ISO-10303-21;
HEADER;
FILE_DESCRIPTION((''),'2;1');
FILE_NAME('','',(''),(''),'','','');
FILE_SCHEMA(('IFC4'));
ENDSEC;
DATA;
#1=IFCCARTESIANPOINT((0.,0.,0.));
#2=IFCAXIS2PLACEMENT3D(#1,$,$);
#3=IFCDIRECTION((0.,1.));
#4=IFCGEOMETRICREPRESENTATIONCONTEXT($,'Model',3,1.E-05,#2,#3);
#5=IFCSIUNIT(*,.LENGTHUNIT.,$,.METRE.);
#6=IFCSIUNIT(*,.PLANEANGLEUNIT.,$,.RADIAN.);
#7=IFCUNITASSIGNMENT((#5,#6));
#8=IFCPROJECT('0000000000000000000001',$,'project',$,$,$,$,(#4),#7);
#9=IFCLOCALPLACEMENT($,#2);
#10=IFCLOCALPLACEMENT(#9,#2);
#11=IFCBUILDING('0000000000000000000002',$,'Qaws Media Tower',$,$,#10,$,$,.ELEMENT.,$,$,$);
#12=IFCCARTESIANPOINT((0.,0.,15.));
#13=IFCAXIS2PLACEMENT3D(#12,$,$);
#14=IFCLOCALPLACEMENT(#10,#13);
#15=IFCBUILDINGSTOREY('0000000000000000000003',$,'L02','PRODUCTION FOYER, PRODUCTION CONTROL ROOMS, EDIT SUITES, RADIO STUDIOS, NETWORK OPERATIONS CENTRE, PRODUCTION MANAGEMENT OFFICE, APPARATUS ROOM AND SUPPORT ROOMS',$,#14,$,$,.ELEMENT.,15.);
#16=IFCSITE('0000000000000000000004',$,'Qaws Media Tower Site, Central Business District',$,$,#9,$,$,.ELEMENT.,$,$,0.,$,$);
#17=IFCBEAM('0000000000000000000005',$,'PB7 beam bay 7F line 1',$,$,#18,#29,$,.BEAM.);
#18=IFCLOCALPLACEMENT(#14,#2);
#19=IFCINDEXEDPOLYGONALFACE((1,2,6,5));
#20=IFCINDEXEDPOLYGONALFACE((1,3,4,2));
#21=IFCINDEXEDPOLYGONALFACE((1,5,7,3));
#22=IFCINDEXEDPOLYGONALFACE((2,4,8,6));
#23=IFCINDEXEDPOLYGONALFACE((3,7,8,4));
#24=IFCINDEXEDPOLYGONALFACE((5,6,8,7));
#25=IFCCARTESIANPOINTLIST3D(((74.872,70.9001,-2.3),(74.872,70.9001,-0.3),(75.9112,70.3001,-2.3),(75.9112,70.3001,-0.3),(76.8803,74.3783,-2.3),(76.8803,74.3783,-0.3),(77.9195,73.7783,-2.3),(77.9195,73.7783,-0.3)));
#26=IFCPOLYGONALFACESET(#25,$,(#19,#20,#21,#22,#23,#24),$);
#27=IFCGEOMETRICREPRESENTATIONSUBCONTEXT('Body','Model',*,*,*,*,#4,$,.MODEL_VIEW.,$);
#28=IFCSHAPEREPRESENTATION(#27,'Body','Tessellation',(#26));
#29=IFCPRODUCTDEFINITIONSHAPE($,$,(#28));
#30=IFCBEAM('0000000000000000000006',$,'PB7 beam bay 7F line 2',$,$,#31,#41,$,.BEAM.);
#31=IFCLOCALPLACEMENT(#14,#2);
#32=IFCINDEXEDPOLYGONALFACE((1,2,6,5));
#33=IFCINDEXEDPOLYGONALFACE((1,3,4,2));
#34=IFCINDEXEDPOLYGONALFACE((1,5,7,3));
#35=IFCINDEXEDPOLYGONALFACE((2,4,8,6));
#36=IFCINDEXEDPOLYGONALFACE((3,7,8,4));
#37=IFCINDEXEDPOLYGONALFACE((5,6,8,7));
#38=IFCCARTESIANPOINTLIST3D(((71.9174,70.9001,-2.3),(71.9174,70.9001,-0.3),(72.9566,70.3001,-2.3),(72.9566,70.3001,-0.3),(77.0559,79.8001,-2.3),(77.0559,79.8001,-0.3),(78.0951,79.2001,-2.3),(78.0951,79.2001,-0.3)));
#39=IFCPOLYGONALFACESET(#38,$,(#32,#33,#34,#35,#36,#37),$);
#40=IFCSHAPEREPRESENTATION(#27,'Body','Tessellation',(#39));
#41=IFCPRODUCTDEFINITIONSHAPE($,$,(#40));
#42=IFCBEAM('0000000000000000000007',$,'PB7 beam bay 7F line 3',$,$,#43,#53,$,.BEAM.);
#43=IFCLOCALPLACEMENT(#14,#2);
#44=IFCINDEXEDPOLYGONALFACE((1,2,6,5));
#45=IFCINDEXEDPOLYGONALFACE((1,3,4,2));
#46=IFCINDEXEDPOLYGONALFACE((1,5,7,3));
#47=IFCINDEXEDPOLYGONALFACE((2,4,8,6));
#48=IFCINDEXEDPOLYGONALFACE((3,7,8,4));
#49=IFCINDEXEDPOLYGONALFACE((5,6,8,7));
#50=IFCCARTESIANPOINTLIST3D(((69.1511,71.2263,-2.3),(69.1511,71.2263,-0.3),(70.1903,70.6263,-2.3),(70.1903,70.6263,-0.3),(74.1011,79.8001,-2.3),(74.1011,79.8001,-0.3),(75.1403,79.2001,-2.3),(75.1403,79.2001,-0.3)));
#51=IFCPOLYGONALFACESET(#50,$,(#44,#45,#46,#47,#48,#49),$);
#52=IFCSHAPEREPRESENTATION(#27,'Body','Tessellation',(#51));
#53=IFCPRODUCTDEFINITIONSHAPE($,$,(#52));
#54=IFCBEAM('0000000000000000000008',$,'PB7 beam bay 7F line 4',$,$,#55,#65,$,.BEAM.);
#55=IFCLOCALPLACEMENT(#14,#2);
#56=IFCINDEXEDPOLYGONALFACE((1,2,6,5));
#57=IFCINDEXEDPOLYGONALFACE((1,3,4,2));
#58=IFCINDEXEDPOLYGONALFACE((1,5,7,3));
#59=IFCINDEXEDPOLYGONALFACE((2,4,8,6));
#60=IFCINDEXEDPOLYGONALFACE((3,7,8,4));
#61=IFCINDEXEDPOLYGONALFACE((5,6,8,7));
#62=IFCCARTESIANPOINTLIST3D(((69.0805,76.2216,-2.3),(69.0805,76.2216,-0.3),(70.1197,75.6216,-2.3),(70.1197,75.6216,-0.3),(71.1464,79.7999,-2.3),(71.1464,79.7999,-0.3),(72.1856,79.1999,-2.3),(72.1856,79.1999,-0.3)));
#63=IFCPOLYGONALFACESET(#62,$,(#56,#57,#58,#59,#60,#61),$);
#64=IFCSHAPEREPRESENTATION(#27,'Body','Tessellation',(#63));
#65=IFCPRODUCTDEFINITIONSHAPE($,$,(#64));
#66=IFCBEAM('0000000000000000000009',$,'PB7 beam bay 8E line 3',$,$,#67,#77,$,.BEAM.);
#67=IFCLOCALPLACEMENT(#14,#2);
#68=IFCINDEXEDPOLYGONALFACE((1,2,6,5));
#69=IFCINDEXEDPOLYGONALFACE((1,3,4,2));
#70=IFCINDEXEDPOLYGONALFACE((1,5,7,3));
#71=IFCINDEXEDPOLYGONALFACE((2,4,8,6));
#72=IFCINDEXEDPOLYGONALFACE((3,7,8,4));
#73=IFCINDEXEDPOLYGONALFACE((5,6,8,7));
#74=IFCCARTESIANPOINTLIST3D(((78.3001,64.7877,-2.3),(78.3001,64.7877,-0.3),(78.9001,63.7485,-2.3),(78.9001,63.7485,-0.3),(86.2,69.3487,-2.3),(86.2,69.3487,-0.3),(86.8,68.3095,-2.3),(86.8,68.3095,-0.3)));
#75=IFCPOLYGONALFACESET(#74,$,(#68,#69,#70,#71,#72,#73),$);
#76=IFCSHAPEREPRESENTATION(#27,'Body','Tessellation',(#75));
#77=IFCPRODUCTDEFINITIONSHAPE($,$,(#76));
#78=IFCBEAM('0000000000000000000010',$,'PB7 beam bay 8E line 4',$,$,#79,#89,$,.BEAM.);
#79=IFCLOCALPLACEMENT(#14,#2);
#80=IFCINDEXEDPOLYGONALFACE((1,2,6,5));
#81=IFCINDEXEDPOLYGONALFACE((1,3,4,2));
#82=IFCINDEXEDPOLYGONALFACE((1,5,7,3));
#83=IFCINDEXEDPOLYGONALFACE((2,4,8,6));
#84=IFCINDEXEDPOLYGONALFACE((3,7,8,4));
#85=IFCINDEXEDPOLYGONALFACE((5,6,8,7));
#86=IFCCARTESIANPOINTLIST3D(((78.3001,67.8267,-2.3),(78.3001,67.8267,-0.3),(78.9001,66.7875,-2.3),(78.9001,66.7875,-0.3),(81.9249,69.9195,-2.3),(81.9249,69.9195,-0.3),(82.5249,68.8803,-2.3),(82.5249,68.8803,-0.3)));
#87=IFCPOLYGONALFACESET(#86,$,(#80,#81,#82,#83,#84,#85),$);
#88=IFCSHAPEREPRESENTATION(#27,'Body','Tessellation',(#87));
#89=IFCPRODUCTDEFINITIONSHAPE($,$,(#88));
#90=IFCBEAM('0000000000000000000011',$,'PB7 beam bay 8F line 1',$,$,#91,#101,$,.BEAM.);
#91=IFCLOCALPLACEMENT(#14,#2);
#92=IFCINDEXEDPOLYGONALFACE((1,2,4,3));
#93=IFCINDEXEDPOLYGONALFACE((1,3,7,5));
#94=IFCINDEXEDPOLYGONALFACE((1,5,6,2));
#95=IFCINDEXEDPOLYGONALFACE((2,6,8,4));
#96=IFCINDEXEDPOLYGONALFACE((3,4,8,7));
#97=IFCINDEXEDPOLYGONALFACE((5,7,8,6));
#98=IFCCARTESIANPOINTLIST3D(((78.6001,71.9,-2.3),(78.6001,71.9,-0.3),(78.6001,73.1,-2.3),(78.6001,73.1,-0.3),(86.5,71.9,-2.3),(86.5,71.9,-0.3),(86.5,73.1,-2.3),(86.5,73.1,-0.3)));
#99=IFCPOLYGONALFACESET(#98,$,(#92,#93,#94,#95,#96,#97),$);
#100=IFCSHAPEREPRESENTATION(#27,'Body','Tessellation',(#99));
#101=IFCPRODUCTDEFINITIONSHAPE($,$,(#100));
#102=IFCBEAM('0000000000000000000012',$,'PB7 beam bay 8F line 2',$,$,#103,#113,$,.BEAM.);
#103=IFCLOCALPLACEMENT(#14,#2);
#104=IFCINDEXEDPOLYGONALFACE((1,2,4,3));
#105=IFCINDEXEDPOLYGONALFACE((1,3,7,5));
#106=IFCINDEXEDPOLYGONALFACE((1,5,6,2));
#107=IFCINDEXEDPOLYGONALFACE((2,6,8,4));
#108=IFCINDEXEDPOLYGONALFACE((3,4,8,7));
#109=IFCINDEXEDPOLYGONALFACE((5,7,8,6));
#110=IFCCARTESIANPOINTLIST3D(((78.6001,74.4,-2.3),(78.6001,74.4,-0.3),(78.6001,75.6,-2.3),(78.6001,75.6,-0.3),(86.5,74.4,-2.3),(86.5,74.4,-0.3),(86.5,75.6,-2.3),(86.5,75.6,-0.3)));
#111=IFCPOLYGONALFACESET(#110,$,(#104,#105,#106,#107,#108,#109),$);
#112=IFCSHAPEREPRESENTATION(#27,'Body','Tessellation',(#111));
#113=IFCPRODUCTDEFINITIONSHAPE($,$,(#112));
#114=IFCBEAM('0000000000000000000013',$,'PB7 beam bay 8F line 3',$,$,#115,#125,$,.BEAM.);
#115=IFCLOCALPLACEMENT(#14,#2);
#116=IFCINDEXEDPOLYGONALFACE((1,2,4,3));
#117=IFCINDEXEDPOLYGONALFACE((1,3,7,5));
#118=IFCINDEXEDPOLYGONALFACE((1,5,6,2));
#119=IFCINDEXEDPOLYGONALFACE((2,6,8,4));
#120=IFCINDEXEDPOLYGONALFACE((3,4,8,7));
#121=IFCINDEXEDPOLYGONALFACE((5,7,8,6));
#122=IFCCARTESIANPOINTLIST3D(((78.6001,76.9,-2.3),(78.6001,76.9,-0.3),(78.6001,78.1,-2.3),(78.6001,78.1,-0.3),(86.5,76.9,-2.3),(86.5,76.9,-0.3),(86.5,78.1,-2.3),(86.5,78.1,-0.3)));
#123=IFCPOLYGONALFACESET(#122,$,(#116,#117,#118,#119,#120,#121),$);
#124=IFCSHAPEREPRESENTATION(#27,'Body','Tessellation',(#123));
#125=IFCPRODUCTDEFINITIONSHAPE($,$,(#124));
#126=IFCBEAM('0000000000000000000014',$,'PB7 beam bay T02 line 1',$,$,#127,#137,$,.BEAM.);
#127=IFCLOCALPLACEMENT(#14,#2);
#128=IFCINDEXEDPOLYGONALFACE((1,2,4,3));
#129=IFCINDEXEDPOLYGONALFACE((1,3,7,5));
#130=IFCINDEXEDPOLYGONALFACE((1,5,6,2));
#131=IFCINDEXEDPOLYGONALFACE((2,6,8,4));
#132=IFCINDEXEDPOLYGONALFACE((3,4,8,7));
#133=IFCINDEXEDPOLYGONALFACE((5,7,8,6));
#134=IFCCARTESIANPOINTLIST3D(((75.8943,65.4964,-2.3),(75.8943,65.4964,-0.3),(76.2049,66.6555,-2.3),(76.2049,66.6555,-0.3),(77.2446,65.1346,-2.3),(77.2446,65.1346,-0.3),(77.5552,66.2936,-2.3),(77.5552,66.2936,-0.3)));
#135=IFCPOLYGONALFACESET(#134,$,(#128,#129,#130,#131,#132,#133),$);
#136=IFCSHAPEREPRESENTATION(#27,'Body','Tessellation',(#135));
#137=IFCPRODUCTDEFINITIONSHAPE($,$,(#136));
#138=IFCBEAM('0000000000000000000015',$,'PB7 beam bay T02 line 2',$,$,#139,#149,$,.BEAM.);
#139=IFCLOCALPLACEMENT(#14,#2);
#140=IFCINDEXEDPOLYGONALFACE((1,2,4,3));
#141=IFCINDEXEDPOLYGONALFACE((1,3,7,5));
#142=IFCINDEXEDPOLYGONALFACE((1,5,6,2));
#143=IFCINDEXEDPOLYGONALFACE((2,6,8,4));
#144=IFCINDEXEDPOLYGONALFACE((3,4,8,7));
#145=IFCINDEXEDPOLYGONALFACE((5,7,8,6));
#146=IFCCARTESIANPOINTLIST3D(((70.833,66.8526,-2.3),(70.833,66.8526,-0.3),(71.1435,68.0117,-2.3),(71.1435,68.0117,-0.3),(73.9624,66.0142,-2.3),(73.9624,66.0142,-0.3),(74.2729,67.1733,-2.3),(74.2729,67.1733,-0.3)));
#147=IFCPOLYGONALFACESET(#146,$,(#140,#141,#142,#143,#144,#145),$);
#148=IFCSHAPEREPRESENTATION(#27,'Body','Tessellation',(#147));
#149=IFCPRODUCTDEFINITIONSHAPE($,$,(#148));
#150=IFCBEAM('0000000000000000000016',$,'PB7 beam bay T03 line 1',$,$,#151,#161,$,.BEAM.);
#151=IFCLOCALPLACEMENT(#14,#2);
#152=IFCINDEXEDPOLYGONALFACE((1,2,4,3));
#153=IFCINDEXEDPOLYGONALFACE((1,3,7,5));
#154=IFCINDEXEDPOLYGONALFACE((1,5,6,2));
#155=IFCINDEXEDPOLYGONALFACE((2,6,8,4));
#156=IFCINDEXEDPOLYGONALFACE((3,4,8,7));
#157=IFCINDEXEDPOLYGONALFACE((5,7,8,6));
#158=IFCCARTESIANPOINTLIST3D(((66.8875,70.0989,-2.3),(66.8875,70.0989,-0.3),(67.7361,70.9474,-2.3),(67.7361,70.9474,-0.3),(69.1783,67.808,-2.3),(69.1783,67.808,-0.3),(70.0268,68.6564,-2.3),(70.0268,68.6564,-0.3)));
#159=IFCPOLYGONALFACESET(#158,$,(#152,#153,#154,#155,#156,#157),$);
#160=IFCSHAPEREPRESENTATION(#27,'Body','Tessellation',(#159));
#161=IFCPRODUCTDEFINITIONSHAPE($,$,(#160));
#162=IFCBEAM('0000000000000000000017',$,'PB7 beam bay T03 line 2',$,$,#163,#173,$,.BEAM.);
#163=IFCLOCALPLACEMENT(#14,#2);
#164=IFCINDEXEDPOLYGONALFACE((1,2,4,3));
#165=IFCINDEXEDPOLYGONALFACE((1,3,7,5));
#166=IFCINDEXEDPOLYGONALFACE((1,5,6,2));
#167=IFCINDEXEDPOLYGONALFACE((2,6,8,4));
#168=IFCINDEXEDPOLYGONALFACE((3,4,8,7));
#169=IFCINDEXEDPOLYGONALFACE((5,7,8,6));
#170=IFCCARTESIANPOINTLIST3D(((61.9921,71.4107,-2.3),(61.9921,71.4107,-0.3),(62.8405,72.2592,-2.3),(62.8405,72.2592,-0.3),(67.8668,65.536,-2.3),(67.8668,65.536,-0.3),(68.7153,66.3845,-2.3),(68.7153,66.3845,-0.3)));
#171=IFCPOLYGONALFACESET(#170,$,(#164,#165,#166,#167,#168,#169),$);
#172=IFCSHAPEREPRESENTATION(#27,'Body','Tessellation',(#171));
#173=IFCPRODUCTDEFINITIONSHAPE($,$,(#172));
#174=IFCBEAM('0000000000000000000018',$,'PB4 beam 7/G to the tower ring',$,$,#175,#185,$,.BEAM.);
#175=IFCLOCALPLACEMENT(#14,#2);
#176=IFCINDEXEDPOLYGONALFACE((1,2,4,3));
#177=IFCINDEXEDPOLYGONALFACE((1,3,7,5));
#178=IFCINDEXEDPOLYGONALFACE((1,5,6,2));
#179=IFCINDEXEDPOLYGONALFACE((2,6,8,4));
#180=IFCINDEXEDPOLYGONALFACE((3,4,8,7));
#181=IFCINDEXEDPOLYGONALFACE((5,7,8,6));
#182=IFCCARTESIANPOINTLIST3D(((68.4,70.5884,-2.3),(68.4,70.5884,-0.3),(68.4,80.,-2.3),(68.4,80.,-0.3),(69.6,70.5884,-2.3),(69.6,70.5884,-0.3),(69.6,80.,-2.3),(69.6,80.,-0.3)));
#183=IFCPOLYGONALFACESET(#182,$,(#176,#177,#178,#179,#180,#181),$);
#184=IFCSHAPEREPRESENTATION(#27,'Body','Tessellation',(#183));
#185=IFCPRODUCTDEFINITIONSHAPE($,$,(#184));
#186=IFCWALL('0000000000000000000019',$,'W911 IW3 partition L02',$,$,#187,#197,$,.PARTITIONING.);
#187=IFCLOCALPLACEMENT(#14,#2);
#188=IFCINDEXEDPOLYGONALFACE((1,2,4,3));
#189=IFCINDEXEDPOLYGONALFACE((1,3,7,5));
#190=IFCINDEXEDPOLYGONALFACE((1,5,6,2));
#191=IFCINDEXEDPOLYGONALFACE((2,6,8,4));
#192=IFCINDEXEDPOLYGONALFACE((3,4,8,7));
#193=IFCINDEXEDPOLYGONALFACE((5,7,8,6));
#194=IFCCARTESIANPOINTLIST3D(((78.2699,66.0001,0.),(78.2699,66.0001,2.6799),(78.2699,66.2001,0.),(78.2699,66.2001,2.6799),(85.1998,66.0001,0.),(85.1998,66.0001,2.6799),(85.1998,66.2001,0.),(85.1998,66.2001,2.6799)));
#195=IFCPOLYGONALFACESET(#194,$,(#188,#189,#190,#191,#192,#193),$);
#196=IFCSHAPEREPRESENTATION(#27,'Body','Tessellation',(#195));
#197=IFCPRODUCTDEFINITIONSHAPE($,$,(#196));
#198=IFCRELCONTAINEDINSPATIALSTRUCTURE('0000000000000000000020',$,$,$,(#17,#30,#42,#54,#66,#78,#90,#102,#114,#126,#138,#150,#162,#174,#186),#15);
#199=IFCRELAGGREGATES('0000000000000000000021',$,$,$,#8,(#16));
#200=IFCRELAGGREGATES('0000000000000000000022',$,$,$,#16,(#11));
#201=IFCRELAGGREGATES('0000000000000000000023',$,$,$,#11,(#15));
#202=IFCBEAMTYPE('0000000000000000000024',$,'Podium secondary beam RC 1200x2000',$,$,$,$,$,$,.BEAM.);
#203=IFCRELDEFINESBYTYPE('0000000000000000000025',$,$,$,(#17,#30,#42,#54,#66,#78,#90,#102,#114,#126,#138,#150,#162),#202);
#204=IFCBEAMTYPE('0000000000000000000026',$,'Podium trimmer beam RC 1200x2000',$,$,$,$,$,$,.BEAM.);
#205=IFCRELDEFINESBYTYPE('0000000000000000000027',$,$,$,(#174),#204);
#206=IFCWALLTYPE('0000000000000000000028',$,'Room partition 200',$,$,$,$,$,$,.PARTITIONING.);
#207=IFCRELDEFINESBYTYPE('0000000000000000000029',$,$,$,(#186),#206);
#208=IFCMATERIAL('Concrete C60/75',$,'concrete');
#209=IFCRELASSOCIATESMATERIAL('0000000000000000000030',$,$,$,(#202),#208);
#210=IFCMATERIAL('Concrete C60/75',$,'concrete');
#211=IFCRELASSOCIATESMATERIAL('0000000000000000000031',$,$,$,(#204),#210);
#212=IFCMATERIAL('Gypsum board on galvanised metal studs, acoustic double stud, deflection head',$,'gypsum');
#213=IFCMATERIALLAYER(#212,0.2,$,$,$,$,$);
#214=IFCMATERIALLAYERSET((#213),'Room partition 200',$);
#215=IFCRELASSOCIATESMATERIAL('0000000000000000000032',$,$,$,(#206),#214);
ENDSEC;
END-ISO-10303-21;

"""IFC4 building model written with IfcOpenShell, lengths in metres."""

from ifc_helpers import new_model, si_unit, direction, frame, frame_2d, origin, origin_2d, place, context, subcontext, project, spatial, rectangle, extrude, material, layer, layer_set, material_profile, profile_set, type_object, element, save


model = new_model("IFC4")

# Units and contexts
model_context = context("Model", 3, precision=1e-05, world=origin(), true_north=direction((0.0, 1.0)))
body_context = subcontext(model_context, "Body", "Model", "MODEL_VIEW")
ifc_project = project(units=[si_unit("LENGTHUNIT", "METRE"), si_unit("PLANEANGLEUNIT", "RADIAN")], contexts=[model_context])

# Site, building, storey
site_placement = place(None, origin())
site = spatial("IfcSite", under=ifc_project, at=site_placement, Name="Qaws Media Tower Site, Central Business District", CompositionType="ELEMENT", RefElevation=0.0)
building_placement = place(site_placement, origin())
building = spatial("IfcBuilding", under=site, at=building_placement, Name="Qaws Media Tower", CompositionType="ELEMENT")
storey_placement = place(building_placement, frame((0.0, 0.0, 15.0)))
storey = spatial("IfcBuildingStorey", under=building, at=storey_placement, Name="L02", Description="PRODUCTION FOYER, PRODUCTION CONTROL ROOMS, EDIT SUITES, RADIO STUDIOS, NETWORK OPERATIONS CENTRE, PRODUCTION MANAGEMENT OFFICE, APPARATUS ROOM AND SUPPORT ROOMS", CompositionType="ELEMENT", Elevation=15.0)

# Beams
ifc_material_1 = material(Name="Concrete C60/75", Category="concrete")
ifc_material_profile_1 = material_profile(ifc_material_1, rectangle(XDim=1.2, YDim=2.0, at=origin_2d()), Name="RC 1200x2000")
ifc_profile_set_1 = profile_set([ifc_material_profile_1], Name="Concrete C60/75")
beam_type_1 = type_object("IfcBeamType", Name="Podium secondary beam RC 1200x2000", PredefinedType="BEAM", material=ifc_profile_set_1)
beam_1_placement = place(storey_placement, frame((75.3916, 70.6001, -1.3), z_axis=(0.500022, 0.866012, 0.0), x_axis=(-0.866012, 0.500022, 0.0)))
element("IfcBeam", 1, at=beam_1_placement, inside=storey, type_object=beam_type_1, Name="PB7 beam bay 7F line 1", PredefinedType="BEAM", context=body_context, shape_type="SweptSolid", body=[
    extrude(rectangle(XDim=1.2, YDim=2.0, at=origin_2d()), origin(), (0.0, 0.0, 1.0), 4.0164),
])
beam_2_placement = place(storey_placement, frame((72.437, 70.6001, -1.3), z_axis=(0.500005, 0.866023, 0.0), x_axis=(-0.866023, 0.500005, 0.0)))
element("IfcBeam", 2, at=beam_2_placement, inside=storey, type_object=beam_type_1, Name="PB7 beam bay 7F line 2", PredefinedType="BEAM", context=body_context, shape_type="SweptSolid", body=[
    extrude(rectangle(XDim=1.2, YDim=2.0, at=origin_2d()), origin(), (0.0, 0.0, 1.0), 10.2769),
])
beam_3_placement = place(storey_placement, frame((69.6707, 70.9263, -1.3), z_axis=(0.499993, 0.86603, 0.0), x_axis=(-0.86603, 0.499993, 0.0)))
element("IfcBeam", 3, at=beam_3_placement, inside=storey, type_object=beam_type_1, Name="PB7 beam bay 7F line 3", PredefinedType="BEAM", context=body_context, shape_type="SweptSolid", body=[
    extrude(rectangle(XDim=1.2, YDim=2.0, at=origin_2d()), origin(), (0.0, 0.0, 1.0), 9.9001),
])
beam_4_placement = place(storey_placement, frame((69.6001, 75.9216, -1.3), z_axis=(0.49999, 0.866031, 0.0), x_axis=(-0.866031, 0.49999, 0.0)))
element("IfcBeam", 4, at=beam_4_placement, inside=storey, type_object=beam_type_1, Name="PB7 beam bay 7F line 4", PredefinedType="BEAM", context=body_context, shape_type="SweptSolid", body=[
    extrude(rectangle(XDim=1.2, YDim=2.0, at=origin_2d()), origin(), (0.0, 0.0, 1.0), 4.1318),
])
beam_5_placement = place(storey_placement, frame((78.6001, 64.2681, -1.3), z_axis=(0.866024, 0.500002, 0.0), x_axis=(-0.500002, 0.866024, 0.0)))
element("IfcBeam", 5, at=beam_5_placement, inside=storey, type_object=beam_type_1, Name="PB7 beam bay 8E line 3", PredefinedType="BEAM", context=body_context, shape_type="SweptSolid", body=[
    extrude(rectangle(XDim=1.2, YDim=2.0, at=origin_2d()), origin(), (0.0, 0.0, 1.0), 9.1221),
])
beam_6_placement = place(storey_placement, frame((78.6001, 67.3071, -1.3), z_axis=(0.866023, 0.500004, 0.0), x_axis=(-0.500004, 0.866023, 0.0)))
element("IfcBeam", 6, at=beam_6_placement, inside=storey, type_object=beam_type_1, Name="PB7 beam bay 8E line 4", PredefinedType="BEAM", context=body_context, shape_type="SweptSolid", body=[
    extrude(rectangle(XDim=1.2, YDim=2.0, at=origin_2d()), origin(), (0.0, 0.0, 1.0), 4.1855),
])
for number, where, z_axis, x_axis, name in (
    (7, (78.6001, 72.5, -1.3), (1.0, 0.0, 0.0), (0.0, 1.0, 0.0), "PB7 beam bay 8F line 1"),
    (8, (78.6001, 75.0, -1.3), (1.0, 0.0, 0.0), (0.0, 1.0, 0.0), "PB7 beam bay 8F line 2"),
    (9, (78.6001, 77.5, -1.3), (1.0, 0.0, 0.0), (0.0, 1.0, 0.0), "PB7 beam bay 8F line 3"),
):
    element("IfcBeam", number, at=place(storey_placement, frame(where, z_axis=z_axis, x_axis=x_axis)), inside=storey, type_object=beam_type_1, Name=name, PredefinedType="BEAM", context=body_context, shape_type="SweptSolid", body=[
        extrude(rectangle(XDim=1.2, YDim=2.0, at=origin_2d()), origin(), (0.0, 0.0, 1.0), 7.8999),
    ])
beam_7_placement = place(storey_placement, frame((77.3999, 65.7141, -1.3), z_axis=(-0.965927, 0.258815, 0.0), x_axis=(-0.258815, -0.965927, 0.0)))
element("IfcBeam", 10, at=beam_7_placement, inside=storey, type_object=beam_type_1, Name="PB7 beam bay T02 line 1", PredefinedType="BEAM", context=body_context, shape_type="SweptSolid", body=[
    extrude(rectangle(XDim=1.2, YDim=2.0, at=origin_2d()), origin(), (0.0, 0.0, 1.0), 1.3979),
])
for number, where, z_axis, x_axis, name in (
    (11, (74.1177, 66.5938, -1.3), (-0.965937, 0.258779, 0.0), (-0.258779, -0.965937, 0.0), "PB7 beam bay T02 line 2"),
    (12, (69.6025, 68.2322, -1.3), (-0.707069, 0.707144, 0.0), (-0.707144, -0.707069, 0.0), "PB7 beam bay T03 line 1"),
):
    element("IfcBeam", number, at=place(storey_placement, frame(where, z_axis=z_axis, x_axis=x_axis)), inside=storey, type_object=beam_type_1, Name=name, PredefinedType="BEAM", context=body_context, shape_type="SweptSolid", body=[
        extrude(rectangle(XDim=1.2, YDim=2.0, at=origin_2d()), origin(), (0.0, 0.0, 1.0), 3.2397),
    ])
beam_8_placement = place(storey_placement, frame((68.291, 65.9602, -1.3), z_axis=(-0.707107, 0.707107, 0.0), x_axis=(-0.707107, -0.707107, 0.0)))
element("IfcBeam", 13, at=beam_8_placement, inside=storey, type_object=beam_type_1, Name="PB7 beam bay T03 line 2", PredefinedType="BEAM", context=body_context, shape_type="SweptSolid", body=[
    extrude(rectangle(XDim=1.2, YDim=2.0, at=origin_2d()), origin(), (0.0, 0.0, 1.0), 8.3081),
])
ifc_material_2 = material(Name="Concrete C60/75", Category="concrete")
ifc_material_profile_2 = material_profile(ifc_material_2, rectangle(XDim=1.2, YDim=2.0, at=origin_2d()), Name="RC 1200x2000")
ifc_profile_set_2 = profile_set([ifc_material_profile_2], Name="Concrete C60/75")
beam_type_2 = type_object("IfcBeamType", Name="Podium trimmer beam RC 1200x2000", PredefinedType="BEAM", material=ifc_profile_set_2)
beam_9_placement = place(storey_placement, frame((69.0, 80.0, -1.3), z_axis=(0.0, -1.0, 0.0), x_axis=(1.0, 0.0, 0.0)))
element("IfcBeam", 14, at=beam_9_placement, inside=storey, type_object=beam_type_2, Name="PB4 beam 7/G to the tower ring", PredefinedType="BEAM", context=body_context, shape_type="SweptSolid", body=[
    extrude(rectangle(XDim=1.2, YDim=2.0, at=origin_2d()), origin(), (0.0, 0.0, 1.0), 9.4116),
])

# Wall
ifc_material_3 = material(Name="Gypsum board on galvanised metal studs, acoustic double stud, deflection head", Category="gypsum")
ifc_layer = layer(ifc_material_3, 0.2)
ifc_layer_set = layer_set([ifc_layer], Name="Room partition 200")
wall_type = type_object("IfcWallType", Name="Room partition 200", PredefinedType="PARTITIONING", material=ifc_layer_set)
wall_1_placement = place(storey_placement, frame((78.27, 66.1001, 0.0), z_axis=(0.0, 0.0, 1.0), x_axis=(1.0, 0.0, 0.0)))
element("IfcWall", 15, at=wall_1_placement, inside=storey, type_object=wall_type, Name="W911 IW3 partition L02", PredefinedType="PARTITIONING", context=body_context, shape_type="SweptSolid", body=[
    extrude(rectangle(XDim=6.9299, YDim=0.2, at=frame_2d((3.4648, 0.0))), origin(), (0.0, 0.0, 1.0), 2.6799),
])

save(model, "model.ifc")
